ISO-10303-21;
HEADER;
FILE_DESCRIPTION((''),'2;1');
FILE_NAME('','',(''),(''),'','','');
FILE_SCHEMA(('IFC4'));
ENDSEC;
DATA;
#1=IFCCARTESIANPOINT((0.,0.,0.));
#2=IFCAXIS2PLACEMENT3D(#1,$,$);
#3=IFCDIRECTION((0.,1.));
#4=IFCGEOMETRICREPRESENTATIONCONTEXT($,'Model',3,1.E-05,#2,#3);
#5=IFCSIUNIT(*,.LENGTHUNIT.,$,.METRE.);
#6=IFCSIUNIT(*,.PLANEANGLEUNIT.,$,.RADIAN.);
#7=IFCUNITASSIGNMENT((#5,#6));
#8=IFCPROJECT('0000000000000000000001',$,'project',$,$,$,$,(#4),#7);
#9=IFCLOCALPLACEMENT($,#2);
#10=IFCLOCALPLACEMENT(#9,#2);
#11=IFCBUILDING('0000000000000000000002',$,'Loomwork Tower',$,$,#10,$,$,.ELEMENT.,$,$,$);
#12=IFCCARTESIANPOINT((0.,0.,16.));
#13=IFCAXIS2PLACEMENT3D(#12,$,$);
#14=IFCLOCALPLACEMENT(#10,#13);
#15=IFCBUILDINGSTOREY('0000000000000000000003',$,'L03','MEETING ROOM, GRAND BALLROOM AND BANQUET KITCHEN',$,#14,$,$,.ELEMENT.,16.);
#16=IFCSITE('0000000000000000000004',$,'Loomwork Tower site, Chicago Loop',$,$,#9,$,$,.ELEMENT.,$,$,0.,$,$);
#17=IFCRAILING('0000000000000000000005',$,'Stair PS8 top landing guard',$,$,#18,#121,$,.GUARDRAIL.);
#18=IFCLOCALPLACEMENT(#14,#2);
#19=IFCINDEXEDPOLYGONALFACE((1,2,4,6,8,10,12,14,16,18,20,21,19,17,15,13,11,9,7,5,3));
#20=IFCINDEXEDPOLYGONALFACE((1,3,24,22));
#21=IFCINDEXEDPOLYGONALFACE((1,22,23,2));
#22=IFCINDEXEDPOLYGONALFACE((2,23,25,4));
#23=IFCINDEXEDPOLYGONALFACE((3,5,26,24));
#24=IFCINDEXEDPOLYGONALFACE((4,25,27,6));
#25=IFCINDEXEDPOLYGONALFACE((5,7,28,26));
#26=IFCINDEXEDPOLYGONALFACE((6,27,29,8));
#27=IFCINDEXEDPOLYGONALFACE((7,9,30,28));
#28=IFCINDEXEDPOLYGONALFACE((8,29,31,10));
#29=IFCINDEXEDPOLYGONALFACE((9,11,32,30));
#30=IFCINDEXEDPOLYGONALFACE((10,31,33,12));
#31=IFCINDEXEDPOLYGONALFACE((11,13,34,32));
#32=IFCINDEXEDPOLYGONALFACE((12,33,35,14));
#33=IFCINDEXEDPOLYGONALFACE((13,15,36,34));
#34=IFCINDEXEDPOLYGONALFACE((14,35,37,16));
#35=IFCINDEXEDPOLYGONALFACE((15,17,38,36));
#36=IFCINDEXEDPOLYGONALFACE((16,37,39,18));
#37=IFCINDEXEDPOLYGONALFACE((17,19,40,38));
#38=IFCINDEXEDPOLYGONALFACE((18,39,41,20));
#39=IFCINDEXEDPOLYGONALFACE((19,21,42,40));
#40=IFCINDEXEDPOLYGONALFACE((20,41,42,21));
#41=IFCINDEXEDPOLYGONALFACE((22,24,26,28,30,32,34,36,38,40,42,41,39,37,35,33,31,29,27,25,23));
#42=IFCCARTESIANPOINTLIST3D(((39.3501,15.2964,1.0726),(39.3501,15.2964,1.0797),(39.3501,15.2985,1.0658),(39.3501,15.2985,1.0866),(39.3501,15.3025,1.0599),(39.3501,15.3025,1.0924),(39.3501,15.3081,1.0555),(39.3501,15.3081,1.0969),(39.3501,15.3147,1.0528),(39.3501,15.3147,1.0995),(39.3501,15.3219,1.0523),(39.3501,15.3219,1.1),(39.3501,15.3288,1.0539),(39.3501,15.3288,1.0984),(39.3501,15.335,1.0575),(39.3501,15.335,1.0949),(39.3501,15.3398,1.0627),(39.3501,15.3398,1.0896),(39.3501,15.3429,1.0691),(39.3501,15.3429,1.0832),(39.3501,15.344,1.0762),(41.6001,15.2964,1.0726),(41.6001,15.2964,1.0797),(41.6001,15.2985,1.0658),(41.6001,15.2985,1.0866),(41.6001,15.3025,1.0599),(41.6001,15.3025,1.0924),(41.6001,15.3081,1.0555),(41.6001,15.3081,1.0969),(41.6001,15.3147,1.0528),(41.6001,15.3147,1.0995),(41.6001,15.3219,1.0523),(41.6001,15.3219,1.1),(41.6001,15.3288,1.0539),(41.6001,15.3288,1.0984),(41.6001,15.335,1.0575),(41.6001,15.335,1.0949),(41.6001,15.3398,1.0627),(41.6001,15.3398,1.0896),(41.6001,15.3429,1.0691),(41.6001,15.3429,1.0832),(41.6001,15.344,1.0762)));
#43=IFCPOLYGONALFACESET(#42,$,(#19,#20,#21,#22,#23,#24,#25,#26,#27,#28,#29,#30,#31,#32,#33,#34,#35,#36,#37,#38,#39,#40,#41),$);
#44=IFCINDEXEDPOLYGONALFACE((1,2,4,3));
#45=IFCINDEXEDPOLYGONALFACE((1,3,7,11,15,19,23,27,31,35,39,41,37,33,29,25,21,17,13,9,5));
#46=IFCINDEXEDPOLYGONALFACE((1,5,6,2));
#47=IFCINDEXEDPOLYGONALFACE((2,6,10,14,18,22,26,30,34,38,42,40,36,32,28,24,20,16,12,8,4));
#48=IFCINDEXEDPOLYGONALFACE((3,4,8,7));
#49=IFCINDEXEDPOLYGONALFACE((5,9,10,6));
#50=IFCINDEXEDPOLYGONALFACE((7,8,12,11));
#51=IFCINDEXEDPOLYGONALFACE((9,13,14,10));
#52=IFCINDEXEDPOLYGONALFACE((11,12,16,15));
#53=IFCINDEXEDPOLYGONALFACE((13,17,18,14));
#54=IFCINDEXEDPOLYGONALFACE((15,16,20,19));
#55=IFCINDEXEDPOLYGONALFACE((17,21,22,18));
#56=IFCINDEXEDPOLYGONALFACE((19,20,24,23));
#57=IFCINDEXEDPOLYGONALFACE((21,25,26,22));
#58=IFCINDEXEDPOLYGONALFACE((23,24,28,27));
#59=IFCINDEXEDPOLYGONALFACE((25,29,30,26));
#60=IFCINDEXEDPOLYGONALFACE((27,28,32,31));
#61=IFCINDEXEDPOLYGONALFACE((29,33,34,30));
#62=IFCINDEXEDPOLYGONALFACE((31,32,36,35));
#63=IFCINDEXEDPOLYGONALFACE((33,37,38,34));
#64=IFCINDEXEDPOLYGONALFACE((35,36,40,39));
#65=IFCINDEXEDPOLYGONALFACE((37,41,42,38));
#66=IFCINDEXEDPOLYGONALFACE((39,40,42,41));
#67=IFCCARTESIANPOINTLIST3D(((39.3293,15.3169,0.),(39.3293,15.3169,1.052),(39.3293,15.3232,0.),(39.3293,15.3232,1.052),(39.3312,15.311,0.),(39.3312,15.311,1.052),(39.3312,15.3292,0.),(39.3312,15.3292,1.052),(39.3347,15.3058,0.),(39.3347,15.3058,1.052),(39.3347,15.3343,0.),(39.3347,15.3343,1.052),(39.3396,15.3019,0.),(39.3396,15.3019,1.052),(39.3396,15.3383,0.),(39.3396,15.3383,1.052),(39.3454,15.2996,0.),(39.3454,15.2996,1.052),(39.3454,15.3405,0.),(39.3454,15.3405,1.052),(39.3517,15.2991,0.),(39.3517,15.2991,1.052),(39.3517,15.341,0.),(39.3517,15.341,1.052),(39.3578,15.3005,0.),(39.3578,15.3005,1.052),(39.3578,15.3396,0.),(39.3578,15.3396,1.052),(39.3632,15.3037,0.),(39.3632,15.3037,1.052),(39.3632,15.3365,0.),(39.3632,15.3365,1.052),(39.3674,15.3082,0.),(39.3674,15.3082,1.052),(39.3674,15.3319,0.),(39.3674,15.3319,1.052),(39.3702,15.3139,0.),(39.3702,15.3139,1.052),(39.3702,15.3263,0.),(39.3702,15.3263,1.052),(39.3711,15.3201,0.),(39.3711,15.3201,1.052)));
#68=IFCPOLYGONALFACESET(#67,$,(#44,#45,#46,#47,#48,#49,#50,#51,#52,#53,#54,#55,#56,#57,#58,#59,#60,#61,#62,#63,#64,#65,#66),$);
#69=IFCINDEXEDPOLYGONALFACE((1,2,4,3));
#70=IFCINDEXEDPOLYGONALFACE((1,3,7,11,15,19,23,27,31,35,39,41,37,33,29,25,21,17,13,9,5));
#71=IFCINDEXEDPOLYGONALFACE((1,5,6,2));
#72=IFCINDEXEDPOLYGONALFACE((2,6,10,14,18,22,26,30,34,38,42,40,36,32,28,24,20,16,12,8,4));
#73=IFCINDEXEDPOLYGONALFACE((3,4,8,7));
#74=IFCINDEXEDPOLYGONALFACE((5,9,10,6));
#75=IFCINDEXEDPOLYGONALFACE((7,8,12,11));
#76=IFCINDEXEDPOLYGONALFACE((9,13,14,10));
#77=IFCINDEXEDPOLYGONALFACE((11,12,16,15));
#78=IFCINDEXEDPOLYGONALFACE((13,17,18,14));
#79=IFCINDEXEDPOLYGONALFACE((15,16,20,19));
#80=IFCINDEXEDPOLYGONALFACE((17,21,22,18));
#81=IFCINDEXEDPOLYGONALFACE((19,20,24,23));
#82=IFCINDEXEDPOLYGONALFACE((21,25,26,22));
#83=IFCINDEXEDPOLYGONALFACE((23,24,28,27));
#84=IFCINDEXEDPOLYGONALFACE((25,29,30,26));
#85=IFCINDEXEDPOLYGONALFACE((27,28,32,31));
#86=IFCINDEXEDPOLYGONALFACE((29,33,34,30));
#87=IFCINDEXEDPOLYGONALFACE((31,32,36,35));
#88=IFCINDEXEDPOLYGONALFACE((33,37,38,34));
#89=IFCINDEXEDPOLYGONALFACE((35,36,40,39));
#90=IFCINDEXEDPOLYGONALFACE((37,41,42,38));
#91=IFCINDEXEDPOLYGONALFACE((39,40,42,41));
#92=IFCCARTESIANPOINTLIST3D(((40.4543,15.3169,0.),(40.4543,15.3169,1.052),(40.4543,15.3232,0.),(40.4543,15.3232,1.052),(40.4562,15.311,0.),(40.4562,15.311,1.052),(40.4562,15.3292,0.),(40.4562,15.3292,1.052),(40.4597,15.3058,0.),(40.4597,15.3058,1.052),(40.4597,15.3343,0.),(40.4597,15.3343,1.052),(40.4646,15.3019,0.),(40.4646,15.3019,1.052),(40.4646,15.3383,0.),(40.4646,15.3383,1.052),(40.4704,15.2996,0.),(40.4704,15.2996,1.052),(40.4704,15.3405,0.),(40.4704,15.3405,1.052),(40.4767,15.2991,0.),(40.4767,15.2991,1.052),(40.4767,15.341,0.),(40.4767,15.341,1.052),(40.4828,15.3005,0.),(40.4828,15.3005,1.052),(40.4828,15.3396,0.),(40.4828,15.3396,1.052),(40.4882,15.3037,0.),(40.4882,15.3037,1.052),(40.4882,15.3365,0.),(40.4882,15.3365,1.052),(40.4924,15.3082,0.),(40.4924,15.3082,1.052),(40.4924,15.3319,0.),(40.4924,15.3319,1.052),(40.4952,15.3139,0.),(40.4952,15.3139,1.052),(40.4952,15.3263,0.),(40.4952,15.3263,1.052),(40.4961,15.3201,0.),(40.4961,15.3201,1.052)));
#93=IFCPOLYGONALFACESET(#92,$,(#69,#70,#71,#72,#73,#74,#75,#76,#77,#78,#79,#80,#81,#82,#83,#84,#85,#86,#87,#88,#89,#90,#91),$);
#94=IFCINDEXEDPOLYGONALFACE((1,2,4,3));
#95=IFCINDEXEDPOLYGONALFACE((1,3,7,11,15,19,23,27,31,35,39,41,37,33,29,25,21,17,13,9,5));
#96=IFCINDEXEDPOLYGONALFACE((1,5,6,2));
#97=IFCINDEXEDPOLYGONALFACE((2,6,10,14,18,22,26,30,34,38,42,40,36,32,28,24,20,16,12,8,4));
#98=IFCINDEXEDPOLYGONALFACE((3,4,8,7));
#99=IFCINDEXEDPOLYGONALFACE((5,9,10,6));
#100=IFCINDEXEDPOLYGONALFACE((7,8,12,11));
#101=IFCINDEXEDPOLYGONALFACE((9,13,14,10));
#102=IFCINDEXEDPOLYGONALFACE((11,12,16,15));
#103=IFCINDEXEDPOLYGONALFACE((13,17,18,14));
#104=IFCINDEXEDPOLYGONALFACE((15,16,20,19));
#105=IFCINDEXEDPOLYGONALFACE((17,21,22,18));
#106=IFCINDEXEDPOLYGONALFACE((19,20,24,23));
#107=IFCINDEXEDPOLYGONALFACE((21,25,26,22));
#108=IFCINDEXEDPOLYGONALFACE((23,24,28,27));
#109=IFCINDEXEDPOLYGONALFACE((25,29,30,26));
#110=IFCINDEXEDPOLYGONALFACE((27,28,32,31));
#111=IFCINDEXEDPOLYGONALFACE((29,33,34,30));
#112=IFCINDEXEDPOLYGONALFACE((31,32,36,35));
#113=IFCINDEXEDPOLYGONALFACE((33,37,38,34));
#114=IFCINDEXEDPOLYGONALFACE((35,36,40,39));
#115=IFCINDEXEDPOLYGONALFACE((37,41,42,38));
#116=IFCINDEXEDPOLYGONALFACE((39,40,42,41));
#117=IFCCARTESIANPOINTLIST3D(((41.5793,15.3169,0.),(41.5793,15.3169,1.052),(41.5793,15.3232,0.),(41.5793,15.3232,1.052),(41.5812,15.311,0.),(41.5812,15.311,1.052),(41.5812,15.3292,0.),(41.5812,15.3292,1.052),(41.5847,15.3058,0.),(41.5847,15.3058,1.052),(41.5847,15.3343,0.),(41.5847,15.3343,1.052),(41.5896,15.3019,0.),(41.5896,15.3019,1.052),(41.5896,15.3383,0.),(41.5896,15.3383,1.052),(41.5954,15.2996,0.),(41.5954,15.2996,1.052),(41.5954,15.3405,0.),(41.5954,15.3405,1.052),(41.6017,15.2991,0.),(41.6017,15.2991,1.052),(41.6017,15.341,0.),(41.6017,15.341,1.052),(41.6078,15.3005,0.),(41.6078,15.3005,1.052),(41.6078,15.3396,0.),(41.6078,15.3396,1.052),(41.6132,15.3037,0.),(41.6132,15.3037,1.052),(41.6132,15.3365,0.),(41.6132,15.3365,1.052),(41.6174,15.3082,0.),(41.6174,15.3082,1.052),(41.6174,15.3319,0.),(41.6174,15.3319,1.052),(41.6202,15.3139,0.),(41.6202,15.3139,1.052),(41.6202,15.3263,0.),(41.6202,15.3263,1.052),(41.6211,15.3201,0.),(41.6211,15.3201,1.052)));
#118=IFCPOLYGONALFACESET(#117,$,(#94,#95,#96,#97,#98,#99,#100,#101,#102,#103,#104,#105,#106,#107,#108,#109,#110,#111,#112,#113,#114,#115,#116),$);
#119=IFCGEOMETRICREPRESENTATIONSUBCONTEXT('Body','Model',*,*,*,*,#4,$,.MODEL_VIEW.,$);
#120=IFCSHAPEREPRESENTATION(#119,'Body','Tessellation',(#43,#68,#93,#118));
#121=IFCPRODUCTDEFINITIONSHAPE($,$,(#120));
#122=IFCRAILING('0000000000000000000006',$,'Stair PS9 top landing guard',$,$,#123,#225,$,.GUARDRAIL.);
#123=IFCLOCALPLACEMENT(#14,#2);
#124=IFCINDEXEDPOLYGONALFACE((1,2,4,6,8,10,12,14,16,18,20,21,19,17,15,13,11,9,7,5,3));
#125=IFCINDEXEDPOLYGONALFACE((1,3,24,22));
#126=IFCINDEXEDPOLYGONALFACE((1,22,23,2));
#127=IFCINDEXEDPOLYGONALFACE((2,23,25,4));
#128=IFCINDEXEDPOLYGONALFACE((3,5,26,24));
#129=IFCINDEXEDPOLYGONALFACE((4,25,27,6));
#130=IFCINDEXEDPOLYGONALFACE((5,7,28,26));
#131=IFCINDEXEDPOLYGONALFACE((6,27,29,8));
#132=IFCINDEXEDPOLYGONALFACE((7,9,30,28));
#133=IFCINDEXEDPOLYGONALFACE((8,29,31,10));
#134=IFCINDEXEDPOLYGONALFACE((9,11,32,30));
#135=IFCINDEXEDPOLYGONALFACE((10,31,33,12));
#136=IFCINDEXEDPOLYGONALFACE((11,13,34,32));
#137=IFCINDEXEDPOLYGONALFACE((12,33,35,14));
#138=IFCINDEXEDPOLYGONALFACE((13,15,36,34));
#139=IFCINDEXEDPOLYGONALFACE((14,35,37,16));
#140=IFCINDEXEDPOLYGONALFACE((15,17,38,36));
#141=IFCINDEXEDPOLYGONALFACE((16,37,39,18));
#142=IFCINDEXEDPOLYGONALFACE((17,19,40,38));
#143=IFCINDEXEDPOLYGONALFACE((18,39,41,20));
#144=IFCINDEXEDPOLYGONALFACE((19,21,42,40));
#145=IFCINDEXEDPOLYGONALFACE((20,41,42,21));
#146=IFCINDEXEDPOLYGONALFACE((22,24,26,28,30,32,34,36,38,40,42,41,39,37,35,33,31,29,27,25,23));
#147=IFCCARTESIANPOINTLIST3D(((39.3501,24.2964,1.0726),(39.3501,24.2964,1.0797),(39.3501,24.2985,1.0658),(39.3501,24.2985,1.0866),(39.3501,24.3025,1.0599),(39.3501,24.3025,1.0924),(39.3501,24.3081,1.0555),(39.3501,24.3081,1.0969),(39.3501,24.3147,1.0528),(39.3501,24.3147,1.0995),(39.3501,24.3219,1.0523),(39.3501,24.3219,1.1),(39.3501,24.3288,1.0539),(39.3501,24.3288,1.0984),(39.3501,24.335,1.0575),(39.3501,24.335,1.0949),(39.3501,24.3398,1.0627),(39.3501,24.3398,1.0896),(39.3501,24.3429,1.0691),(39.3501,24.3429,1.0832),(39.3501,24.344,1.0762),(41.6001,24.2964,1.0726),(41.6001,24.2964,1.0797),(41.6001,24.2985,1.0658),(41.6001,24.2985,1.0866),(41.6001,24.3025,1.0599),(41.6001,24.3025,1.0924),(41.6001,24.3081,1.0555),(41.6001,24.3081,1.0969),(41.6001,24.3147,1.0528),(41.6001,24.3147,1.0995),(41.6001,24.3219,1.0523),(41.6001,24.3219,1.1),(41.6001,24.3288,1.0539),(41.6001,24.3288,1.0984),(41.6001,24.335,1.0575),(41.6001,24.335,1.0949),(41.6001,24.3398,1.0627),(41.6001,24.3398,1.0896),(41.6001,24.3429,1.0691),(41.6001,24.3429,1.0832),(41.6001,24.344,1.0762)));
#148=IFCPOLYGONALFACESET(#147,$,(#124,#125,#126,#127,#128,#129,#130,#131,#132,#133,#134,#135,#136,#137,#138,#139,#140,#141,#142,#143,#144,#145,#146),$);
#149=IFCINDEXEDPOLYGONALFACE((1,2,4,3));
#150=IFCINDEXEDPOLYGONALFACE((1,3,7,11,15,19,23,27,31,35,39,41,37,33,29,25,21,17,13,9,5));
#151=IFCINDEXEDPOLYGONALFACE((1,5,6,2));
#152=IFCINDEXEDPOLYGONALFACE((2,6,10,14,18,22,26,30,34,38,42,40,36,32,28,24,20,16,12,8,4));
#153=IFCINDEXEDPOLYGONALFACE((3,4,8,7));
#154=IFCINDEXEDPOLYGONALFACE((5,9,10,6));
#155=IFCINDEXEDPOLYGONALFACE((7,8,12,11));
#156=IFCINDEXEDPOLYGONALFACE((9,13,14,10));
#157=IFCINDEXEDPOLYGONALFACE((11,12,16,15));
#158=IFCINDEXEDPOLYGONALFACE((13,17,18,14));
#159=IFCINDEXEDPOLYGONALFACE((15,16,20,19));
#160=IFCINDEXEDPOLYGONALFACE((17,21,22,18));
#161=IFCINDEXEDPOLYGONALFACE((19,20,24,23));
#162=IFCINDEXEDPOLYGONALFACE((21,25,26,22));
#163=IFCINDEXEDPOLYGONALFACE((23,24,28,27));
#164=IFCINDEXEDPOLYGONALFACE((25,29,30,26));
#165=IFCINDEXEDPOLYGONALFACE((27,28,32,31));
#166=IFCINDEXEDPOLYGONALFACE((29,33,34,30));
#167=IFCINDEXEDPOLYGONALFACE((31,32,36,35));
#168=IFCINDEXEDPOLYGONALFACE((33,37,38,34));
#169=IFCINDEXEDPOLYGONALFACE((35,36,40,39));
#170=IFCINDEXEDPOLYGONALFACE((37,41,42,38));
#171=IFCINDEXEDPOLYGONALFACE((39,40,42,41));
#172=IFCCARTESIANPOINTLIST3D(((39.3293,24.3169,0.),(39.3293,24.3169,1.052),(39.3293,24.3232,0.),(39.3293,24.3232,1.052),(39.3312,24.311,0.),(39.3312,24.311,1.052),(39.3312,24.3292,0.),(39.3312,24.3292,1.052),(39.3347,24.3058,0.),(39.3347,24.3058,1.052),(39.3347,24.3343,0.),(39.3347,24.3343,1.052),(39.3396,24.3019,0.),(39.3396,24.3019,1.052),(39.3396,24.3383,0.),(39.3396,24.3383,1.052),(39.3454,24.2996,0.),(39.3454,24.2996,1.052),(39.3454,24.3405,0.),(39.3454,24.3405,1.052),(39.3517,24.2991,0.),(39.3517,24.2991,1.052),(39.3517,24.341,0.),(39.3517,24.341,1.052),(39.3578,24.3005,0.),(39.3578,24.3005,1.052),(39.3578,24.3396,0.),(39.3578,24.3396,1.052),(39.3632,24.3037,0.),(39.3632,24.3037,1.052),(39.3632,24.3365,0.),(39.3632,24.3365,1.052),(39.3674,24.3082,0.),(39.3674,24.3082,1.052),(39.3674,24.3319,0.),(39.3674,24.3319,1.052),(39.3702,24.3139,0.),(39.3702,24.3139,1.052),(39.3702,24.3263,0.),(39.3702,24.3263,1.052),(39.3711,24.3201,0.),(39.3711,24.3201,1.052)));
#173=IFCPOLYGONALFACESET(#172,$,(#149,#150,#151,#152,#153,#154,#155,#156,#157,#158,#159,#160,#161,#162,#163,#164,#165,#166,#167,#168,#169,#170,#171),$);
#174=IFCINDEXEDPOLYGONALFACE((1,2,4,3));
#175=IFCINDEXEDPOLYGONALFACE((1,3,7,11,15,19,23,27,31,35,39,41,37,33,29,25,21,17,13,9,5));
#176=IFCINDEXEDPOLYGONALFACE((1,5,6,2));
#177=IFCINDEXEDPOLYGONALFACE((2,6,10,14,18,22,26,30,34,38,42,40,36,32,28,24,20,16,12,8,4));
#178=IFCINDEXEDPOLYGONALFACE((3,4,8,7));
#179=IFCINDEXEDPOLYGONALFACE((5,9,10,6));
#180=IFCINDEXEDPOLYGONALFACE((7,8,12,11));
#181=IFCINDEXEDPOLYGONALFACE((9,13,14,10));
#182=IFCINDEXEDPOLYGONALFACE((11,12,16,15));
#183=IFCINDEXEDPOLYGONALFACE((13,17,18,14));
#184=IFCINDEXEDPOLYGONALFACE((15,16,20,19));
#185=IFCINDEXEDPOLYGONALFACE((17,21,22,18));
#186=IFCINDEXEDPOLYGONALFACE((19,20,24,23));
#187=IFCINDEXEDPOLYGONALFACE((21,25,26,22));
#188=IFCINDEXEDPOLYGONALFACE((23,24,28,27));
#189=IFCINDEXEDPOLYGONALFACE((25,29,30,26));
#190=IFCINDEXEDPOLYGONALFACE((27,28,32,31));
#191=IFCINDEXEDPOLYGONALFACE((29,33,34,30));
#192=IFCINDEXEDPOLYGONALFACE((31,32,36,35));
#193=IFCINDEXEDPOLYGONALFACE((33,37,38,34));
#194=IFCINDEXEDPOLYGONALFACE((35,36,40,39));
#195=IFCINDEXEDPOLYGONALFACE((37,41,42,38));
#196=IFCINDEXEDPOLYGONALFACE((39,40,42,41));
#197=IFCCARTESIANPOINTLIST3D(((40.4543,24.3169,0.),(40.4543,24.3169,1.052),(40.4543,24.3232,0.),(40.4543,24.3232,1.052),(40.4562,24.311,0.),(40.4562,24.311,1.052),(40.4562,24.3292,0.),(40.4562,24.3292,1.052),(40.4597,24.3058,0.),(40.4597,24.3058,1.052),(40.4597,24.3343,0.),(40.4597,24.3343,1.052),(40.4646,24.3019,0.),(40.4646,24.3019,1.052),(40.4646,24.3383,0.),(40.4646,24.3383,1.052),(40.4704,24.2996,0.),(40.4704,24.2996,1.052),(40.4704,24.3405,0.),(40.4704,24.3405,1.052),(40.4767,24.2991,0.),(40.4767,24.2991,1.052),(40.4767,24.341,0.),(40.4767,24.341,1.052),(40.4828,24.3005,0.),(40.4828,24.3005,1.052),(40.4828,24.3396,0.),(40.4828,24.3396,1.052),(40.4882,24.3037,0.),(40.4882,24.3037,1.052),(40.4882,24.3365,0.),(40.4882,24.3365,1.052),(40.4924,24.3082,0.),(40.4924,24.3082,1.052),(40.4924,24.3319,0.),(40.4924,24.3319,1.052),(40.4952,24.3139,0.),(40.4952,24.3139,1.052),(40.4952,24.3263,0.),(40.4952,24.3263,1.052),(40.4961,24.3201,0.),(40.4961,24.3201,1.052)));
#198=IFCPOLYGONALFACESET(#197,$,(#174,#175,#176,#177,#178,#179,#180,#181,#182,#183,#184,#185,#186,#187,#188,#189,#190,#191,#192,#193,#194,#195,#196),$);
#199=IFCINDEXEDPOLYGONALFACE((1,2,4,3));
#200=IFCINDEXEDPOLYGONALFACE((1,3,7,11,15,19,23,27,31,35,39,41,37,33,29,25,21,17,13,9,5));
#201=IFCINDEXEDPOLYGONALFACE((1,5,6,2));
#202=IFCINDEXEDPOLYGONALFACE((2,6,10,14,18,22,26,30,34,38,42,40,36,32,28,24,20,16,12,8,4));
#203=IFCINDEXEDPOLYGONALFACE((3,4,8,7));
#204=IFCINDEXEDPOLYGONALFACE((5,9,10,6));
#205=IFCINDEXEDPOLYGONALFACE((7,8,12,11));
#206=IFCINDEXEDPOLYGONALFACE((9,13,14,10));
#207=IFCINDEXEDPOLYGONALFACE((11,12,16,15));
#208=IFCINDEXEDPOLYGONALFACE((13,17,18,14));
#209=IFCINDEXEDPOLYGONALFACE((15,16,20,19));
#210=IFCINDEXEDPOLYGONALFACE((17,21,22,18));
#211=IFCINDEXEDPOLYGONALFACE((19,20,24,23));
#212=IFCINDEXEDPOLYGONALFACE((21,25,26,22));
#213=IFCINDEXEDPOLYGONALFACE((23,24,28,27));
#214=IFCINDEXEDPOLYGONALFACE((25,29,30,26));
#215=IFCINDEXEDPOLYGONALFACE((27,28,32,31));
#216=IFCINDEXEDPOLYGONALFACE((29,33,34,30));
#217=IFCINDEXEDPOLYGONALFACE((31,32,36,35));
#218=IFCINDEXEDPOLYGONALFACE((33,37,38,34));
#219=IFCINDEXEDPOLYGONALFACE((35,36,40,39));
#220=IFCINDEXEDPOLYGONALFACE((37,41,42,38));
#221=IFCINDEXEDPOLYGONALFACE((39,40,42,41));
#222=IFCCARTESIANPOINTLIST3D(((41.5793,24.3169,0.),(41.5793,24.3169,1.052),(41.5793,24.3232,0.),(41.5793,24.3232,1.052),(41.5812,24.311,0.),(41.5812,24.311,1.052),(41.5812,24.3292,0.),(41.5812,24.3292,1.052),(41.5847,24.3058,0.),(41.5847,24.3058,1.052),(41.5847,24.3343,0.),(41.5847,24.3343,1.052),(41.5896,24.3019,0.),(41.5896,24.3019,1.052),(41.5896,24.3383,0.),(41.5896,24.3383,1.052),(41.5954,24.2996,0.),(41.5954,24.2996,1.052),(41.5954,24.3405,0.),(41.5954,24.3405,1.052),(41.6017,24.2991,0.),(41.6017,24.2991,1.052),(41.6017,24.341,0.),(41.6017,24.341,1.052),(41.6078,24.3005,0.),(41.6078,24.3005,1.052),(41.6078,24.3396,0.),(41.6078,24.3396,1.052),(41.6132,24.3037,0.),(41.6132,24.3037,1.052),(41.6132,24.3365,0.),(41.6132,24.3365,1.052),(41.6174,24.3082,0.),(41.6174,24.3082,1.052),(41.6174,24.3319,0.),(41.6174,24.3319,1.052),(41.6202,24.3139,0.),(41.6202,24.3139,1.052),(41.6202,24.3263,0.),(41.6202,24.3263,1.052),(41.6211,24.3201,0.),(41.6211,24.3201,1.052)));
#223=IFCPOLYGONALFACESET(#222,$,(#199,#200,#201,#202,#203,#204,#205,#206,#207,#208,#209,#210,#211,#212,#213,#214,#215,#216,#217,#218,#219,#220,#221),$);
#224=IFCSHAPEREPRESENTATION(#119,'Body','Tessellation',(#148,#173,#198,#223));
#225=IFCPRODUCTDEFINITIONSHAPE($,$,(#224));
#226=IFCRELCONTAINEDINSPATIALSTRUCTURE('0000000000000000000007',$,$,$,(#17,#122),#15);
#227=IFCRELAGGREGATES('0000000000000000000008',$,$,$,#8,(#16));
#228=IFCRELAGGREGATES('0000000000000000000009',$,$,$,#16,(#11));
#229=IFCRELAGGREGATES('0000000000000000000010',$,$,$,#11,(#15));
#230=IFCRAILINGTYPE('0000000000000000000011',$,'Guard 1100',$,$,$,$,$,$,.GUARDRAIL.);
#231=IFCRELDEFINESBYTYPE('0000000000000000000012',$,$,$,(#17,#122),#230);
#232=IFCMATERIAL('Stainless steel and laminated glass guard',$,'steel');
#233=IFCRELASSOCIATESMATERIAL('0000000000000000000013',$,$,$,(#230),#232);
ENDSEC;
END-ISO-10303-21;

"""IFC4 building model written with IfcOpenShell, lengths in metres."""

from ifc_helpers import new_model, si_unit, direction, frame, origin, origin_2d, place, context, subcontext, project, spatial, circle, extrude, material, type_object, element, save


model = new_model("IFC4")

# Units and contexts
model_context = context("Model", 3, precision=1e-05, world=origin(), true_north=direction((0.0, 1.0)))
body_context = subcontext(model_context, "Body", "Model", "MODEL_VIEW")
ifc_project = project(units=[si_unit("LENGTHUNIT", "METRE"), si_unit("PLANEANGLEUNIT", "RADIAN")], contexts=[model_context])

# Site, building, storey
site_placement = place(None, origin())
site = spatial("IfcSite", under=ifc_project, at=site_placement, Name="Loomwork Tower site, Chicago Loop", CompositionType="ELEMENT", RefElevation=0.0)
building_placement = place(site_placement, origin())
building = spatial("IfcBuilding", under=site, at=building_placement, Name="Loomwork Tower", CompositionType="ELEMENT")
storey_placement = place(building_placement, frame((0.0, 0.0, 16.0)))
storey = spatial("IfcBuildingStorey", under=building, at=storey_placement, Name="L03", Description="MEETING ROOM, GRAND BALLROOM AND BANQUET KITCHEN", CompositionType="ELEMENT", Elevation=16.0)

# Railings
ifc_material_1 = material(Name="Stainless steel and laminated glass guard", Category="steel")
railing_type = type_object("IfcRailingType", Name="Guard 1100", PredefinedType="GUARDRAIL", material=ifc_material_1)
for number, where, name in (
    (1, (39.3501, 15.3201, 0.0), "Stair PS8 top landing guard"),
    (2, (39.3501, 24.3201, 0.0), "Stair PS9 top landing guard"),
):
    element("IfcRailing", number, at=place(storey_placement, frame(where)), inside=storey, type_object=railing_type, Name=name, PredefinedType="GUARDRAIL", context=body_context, shape_type="SweptSolid", body=[
        extrude(circle(Radius=0.0239, at=origin_2d()), frame((0.0, 0.0, 1.0762), z_axis=(1.0, 0.0, 0.0), x_axis=(0.0, 1.0, 0.0)), (0.0, 0.0, 1.0), 2.25),
        extrude(circle(Radius=0.021, at=origin_2d()), origin(), (0.0, 0.0, 1.0), 1.052),
        extrude(circle(Radius=0.021, at=origin_2d()), frame((1.125, 0.0, 0.0)), (0.0, 0.0, 1.0), 1.052),
        extrude(circle(Radius=0.021, at=origin_2d()), frame((2.25, 0.0, 0.0)), (0.0, 0.0, 1.0), 1.052),
    ])

save(model, "model.ifc")
